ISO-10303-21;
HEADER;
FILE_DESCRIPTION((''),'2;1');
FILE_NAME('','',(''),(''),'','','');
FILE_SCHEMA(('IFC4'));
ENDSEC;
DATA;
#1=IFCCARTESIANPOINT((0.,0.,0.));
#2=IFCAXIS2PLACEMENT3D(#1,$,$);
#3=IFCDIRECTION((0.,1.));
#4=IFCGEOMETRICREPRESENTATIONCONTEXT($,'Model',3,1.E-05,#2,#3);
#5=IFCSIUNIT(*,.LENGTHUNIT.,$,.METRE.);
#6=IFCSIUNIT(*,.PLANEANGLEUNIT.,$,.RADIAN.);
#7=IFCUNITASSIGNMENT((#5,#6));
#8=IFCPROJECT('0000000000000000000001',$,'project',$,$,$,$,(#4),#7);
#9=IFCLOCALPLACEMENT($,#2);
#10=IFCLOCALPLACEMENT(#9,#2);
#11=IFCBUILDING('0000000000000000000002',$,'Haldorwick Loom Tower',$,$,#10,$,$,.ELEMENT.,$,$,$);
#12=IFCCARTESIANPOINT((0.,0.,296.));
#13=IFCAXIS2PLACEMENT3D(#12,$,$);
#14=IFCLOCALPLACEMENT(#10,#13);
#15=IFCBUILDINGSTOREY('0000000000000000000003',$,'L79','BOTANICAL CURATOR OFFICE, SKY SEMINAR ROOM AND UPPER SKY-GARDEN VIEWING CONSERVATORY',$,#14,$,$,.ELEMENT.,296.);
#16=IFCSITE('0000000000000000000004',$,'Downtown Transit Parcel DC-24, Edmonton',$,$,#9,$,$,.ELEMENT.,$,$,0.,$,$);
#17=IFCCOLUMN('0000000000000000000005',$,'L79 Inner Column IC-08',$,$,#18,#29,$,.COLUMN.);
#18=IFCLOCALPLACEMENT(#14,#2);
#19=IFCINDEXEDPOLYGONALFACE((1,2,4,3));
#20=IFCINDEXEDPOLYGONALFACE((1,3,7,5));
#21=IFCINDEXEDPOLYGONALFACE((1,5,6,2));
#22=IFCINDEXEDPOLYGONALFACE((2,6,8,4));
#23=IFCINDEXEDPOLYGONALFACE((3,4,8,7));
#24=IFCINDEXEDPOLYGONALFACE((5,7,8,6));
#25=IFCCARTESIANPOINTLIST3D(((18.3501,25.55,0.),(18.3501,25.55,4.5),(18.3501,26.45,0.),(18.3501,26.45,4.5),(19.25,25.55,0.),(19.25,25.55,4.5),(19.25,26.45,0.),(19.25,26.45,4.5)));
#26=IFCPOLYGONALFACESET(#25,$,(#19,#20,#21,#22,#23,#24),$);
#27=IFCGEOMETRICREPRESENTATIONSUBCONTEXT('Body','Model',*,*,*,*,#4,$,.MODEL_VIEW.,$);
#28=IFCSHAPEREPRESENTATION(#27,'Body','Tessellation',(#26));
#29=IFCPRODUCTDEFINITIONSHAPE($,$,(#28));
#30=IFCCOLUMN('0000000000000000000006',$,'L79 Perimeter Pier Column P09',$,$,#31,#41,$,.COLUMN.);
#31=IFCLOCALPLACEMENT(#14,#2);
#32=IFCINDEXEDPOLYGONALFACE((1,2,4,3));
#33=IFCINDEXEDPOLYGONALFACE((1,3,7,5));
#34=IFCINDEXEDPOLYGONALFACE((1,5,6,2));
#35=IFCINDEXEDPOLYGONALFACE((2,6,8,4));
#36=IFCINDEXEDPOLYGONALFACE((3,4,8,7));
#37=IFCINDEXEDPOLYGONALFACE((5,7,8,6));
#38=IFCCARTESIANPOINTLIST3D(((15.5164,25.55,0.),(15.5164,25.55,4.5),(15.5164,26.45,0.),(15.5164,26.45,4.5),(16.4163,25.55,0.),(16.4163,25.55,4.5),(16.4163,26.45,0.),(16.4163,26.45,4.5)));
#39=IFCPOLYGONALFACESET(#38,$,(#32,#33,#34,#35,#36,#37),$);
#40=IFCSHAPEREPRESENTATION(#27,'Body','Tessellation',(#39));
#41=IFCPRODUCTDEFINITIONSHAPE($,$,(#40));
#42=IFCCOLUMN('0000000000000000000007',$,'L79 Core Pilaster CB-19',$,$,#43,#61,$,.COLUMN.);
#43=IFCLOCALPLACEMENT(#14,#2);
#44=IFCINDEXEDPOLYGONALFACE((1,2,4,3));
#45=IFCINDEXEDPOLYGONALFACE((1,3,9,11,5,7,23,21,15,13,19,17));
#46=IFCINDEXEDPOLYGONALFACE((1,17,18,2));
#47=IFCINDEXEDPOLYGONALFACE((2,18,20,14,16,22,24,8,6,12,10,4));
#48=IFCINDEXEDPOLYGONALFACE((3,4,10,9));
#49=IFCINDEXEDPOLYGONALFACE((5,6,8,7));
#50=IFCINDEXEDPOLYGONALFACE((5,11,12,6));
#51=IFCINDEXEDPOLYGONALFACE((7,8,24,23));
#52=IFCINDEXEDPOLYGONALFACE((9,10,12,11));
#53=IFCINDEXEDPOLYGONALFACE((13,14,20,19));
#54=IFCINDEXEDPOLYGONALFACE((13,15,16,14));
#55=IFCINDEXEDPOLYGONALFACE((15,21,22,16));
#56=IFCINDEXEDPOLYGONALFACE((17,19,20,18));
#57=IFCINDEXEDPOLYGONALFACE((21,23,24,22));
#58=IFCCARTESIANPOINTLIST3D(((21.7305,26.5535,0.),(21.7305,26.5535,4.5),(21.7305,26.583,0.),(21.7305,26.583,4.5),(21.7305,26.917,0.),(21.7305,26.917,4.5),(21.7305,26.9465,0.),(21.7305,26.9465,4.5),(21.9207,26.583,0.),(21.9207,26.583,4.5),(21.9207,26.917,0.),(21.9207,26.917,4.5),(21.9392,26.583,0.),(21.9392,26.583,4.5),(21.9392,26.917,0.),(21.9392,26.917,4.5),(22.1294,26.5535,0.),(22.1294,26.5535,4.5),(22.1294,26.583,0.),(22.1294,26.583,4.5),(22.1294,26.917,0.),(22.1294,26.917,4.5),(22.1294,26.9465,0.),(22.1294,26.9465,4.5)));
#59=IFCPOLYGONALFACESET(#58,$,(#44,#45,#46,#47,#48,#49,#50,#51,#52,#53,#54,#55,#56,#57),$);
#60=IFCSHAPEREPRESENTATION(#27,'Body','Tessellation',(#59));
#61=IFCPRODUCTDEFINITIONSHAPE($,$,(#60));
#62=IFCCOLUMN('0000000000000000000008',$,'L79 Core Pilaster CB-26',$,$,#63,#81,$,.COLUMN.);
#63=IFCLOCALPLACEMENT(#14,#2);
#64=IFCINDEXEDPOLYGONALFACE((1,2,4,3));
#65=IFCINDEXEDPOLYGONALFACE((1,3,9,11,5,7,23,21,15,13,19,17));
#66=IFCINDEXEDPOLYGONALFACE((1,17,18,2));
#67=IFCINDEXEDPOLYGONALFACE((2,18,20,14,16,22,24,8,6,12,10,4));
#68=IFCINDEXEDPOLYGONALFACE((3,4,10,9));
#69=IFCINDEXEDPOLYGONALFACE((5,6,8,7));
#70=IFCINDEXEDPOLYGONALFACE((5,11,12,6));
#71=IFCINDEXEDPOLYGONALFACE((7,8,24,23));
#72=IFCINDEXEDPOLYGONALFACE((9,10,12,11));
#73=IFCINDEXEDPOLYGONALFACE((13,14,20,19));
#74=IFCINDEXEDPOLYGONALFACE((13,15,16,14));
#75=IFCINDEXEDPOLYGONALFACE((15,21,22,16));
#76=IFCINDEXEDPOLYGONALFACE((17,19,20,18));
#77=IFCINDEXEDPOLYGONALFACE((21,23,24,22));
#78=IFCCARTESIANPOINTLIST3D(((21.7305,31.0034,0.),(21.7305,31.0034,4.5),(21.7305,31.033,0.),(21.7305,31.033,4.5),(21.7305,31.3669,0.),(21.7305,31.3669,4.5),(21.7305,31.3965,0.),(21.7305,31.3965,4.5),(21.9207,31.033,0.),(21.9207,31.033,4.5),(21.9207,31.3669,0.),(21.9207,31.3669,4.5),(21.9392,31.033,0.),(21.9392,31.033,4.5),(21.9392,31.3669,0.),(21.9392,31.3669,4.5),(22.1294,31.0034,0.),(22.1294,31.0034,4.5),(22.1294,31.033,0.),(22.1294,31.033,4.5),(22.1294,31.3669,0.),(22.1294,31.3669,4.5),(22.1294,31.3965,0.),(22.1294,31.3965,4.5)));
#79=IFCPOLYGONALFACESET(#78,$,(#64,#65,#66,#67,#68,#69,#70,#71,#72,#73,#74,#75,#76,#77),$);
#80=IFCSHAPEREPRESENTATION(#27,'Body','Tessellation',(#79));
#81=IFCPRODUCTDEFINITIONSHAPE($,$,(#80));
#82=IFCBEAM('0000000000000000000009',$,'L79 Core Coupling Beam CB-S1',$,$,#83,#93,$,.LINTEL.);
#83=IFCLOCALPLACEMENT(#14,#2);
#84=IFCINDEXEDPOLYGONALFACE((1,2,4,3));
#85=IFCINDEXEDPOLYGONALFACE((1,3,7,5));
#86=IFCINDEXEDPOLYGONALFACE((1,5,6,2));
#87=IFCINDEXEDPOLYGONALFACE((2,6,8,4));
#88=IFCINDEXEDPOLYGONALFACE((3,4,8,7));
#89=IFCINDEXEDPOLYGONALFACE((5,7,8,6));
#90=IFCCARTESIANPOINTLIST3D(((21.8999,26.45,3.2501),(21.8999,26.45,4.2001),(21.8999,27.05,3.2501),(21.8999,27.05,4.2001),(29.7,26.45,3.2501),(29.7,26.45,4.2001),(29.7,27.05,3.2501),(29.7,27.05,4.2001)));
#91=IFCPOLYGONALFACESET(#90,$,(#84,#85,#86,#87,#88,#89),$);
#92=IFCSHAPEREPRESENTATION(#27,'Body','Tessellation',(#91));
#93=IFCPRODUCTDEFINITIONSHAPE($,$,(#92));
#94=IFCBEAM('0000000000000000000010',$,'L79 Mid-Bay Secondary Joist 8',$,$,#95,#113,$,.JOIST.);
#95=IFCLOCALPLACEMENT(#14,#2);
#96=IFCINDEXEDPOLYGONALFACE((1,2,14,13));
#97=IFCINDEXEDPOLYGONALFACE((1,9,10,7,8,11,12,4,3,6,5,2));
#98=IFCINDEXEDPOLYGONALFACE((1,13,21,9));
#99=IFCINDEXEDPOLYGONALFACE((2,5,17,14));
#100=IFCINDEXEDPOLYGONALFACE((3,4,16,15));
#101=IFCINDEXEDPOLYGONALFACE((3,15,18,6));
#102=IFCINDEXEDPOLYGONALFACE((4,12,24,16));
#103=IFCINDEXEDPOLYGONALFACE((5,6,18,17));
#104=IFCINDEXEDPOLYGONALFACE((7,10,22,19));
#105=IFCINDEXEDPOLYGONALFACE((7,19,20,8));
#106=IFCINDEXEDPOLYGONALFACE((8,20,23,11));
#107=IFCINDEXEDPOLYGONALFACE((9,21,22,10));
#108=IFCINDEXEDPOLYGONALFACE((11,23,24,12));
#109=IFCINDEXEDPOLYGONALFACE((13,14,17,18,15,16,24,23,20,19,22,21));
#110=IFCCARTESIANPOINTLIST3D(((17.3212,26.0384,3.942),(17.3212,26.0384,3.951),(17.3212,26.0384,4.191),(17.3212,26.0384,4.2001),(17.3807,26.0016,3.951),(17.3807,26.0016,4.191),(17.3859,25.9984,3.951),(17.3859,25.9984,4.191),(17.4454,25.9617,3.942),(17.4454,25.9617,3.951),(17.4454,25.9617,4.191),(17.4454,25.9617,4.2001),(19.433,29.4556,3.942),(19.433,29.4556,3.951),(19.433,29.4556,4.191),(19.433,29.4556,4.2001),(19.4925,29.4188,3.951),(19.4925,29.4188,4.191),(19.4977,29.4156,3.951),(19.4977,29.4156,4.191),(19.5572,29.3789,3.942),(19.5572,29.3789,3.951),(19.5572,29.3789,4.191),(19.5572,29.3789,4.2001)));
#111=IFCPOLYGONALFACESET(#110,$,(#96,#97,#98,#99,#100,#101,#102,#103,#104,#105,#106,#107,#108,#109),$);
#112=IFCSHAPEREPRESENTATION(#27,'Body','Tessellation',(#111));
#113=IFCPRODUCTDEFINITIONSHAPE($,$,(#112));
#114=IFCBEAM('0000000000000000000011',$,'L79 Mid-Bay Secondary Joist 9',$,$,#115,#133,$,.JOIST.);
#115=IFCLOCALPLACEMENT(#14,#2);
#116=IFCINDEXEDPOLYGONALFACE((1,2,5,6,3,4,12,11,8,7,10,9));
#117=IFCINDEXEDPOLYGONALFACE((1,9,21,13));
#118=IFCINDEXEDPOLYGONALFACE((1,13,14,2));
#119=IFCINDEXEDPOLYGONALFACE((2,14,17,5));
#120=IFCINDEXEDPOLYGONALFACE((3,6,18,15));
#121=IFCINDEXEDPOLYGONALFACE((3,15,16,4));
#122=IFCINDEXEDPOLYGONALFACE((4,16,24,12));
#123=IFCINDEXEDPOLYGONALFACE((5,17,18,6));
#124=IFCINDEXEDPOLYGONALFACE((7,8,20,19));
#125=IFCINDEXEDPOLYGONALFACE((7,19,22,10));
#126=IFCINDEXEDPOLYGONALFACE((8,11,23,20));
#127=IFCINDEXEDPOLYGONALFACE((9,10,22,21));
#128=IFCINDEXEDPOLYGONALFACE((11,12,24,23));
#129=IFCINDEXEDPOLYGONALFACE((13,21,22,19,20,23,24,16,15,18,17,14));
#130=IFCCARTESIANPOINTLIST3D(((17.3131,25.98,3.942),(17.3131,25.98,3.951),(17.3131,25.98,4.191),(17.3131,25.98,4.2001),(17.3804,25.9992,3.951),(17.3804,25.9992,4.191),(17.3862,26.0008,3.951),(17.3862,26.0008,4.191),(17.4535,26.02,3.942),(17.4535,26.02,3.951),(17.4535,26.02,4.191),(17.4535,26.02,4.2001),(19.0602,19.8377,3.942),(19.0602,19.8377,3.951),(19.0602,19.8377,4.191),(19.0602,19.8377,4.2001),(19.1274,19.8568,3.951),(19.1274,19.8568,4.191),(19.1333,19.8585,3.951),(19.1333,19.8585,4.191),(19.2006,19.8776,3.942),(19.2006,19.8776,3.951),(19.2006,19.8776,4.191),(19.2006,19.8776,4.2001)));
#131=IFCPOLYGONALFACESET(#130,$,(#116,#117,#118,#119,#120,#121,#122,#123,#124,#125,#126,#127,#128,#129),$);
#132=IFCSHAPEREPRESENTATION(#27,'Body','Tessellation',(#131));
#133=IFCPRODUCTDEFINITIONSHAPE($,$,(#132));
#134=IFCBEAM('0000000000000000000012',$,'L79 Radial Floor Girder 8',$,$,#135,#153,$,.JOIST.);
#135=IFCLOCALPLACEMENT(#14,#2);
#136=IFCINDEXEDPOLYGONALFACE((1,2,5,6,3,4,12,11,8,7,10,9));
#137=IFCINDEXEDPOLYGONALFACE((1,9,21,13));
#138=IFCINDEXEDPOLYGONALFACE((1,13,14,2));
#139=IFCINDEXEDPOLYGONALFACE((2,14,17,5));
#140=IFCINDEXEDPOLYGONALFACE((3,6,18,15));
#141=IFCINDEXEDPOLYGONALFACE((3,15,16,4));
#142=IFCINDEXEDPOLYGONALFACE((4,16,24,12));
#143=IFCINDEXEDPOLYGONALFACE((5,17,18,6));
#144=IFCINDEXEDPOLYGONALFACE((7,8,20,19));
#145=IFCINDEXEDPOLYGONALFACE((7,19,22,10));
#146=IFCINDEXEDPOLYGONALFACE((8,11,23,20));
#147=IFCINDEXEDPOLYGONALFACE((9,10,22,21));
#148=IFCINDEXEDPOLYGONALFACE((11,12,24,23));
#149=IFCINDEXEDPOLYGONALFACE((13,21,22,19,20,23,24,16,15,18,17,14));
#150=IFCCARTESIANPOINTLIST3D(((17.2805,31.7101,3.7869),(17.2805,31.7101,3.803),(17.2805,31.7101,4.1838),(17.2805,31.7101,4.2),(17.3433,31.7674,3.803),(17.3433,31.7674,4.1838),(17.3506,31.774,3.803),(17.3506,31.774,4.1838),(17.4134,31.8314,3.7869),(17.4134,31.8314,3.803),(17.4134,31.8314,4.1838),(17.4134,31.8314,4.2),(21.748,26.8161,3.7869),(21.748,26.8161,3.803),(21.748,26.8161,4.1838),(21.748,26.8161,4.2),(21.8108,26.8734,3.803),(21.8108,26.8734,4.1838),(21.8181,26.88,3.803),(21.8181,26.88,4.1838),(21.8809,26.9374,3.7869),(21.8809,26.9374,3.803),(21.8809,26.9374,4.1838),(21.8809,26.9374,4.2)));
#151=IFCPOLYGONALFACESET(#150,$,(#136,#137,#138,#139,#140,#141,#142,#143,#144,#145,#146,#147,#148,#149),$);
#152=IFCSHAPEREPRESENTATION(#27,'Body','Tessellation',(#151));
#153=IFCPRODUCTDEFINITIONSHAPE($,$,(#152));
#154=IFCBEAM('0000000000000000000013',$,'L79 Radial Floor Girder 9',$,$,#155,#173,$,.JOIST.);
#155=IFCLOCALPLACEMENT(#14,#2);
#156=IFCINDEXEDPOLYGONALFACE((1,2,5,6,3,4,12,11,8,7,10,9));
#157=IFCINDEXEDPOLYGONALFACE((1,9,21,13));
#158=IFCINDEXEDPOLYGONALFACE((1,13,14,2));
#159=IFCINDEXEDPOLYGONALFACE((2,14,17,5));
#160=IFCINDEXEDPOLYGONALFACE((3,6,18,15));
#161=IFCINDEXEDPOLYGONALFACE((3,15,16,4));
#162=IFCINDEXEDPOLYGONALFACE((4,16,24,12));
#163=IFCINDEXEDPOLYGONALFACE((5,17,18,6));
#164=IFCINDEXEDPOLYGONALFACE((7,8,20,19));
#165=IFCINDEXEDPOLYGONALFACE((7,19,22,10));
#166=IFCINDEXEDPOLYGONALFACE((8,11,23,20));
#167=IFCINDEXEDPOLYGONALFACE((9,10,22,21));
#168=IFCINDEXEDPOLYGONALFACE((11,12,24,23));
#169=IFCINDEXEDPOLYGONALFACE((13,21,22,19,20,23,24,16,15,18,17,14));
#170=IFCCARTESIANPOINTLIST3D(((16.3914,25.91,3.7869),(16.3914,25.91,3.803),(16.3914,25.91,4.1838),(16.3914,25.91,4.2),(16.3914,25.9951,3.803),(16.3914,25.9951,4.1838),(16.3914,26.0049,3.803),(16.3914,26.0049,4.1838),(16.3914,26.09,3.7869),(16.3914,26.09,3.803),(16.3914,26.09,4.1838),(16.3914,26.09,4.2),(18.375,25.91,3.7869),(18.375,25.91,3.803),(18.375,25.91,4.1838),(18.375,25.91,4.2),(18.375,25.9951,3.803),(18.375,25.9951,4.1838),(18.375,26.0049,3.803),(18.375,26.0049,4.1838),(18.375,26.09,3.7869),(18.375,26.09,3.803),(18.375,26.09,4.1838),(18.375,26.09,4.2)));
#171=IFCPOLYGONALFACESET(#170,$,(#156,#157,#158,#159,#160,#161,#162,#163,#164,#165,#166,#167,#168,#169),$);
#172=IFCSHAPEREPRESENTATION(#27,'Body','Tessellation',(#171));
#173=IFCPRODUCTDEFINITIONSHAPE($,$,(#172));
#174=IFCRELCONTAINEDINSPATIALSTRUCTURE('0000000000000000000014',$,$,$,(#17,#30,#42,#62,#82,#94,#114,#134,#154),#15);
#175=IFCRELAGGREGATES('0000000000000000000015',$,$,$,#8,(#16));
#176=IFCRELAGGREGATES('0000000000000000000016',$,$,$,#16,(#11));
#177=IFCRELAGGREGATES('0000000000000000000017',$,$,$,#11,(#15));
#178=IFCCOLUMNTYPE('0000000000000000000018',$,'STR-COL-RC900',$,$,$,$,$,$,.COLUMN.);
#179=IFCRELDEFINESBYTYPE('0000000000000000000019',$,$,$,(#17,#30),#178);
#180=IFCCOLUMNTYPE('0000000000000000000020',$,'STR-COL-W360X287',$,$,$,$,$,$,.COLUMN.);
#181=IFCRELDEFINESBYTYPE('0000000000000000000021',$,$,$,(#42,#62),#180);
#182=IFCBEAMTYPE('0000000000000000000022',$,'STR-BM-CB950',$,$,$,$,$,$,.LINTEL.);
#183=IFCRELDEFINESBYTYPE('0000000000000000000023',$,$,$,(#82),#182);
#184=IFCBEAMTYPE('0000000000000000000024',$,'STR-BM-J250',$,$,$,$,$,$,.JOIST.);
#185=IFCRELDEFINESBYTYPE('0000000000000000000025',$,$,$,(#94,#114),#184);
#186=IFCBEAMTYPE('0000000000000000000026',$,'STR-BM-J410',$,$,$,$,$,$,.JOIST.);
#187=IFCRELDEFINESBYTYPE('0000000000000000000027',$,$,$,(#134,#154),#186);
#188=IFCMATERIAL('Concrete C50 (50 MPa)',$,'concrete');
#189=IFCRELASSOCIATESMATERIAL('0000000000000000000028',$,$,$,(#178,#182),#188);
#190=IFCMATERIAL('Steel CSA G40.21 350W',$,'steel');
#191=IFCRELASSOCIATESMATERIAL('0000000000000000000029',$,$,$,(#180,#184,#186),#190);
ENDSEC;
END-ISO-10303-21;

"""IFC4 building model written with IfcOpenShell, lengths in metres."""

from ifc_helpers import new_model, si_unit, direction, frame, origin, origin_2d, place, context, subcontext, project, spatial, rectangle, i_section, extrude, material, material_profile, profile_set, type_object, element, save


model = new_model("IFC4")

# Units and contexts
model_context = context("Model", 3, precision=1e-05, world=origin(), true_north=direction((0.0, 1.0)))
body_context = subcontext(model_context, "Body", "Model", "MODEL_VIEW")
ifc_project = project(units=[si_unit("LENGTHUNIT", "METRE"), si_unit("PLANEANGLEUNIT", "RADIAN")], contexts=[model_context])

# Site, building, storey
site_placement = place(None, origin())
site = spatial("IfcSite", under=ifc_project, at=site_placement, Name="Downtown Transit Parcel DC-24, Edmonton", CompositionType="ELEMENT", RefElevation=0.0)
building_placement = place(site_placement, origin())
building = spatial("IfcBuilding", under=site, at=building_placement, Name="Haldorwick Loom Tower", CompositionType="ELEMENT")
storey_placement = place(building_placement, frame((0.0, 0.0, 296.0)))
storey = spatial("IfcBuildingStorey", under=building, at=storey_placement, Name="L79", Description="BOTANICAL CURATOR OFFICE, SKY SEMINAR ROOM AND UPPER SKY-GARDEN VIEWING CONSERVATORY", CompositionType="ELEMENT", Elevation=296.0)

# Columns
ifc_material_1 = material(Name="Concrete C50 (50 MPa)", Category="concrete")
ifc_material_profile_1 = material_profile(ifc_material_1, rectangle(XDim=0.8999, YDim=0.8999, at=origin_2d()), Name="RC900X900", Category="concrete")
ifc_profile_set_1 = profile_set([ifc_material_profile_1], Name="Concrete C50 (50 MPa)")
column_type_1 = type_object("IfcColumnType", Name="STR-COL-RC900", PredefinedType="COLUMN", material=ifc_profile_set_1)
for number, where, z_axis, x_axis, name in (
    (1, (18.8, 26.0, 0.0), (0.0, 0.0, 1.0), (1.0, 0.0, 0.0), "L79 Inner Column IC-08"),
    (2, (15.9663, 26.0, 0.0), (0.0, 0.0, 1.0), (-1.0, 0.0, 0.0), "L79 Perimeter Pier Column P09"),
):
    element("IfcColumn", number, at=place(storey_placement, frame(where, z_axis=z_axis, x_axis=x_axis)), inside=storey, type_object=column_type_1, Name=name, PredefinedType="COLUMN", context=body_context, shape_type="SweptSolid", body=[
        extrude(rectangle(XDim=0.8999, YDim=0.8999, at=origin_2d()), origin(), (0.0, 0.0, 1.0), 4.5),
    ])
ifc_material_2 = material(Name="Steel CSA G40.21 350W", Category="steel")
ifc_material_profile_2 = material_profile(ifc_material_2, i_section(OverallWidth=0.3989, OverallDepth=0.3931, WebThickness=0.0186, FlangeThickness=0.0295, at=origin_2d()), Name="W360X287", Category="steel")
ifc_profile_set_2 = profile_set([ifc_material_profile_2], Name="Steel CSA G40.21 350W")
column_type_2 = type_object("IfcColumnType", Name="STR-COL-W360X287", PredefinedType="COLUMN", material=ifc_profile_set_2)
for number, where, z_axis, x_axis, name in (
    (3, (21.9299, 26.75, 0.0), (0.0, 0.0, 1.0), (1.0, 0.0, 0.0), "L79 Core Pilaster CB-19"),
    (4, (21.9299, 31.2, 0.0), (0.0, 0.0, 1.0), (1.0, 0.0, 0.0), "L79 Core Pilaster CB-26"),
):
    element("IfcColumn", number, at=place(storey_placement, frame(where, z_axis=z_axis, x_axis=x_axis)), inside=storey, type_object=column_type_2, Name=name, PredefinedType="COLUMN", context=body_context, shape_type="SweptSolid", body=[
        extrude(i_section(OverallWidth=0.3989, OverallDepth=0.3931, WebThickness=0.0186, FlangeThickness=0.0295, at=origin_2d()), origin(), (0.0, 0.0, 1.0), 4.5),
    ])

# Beams
ifc_material_profile_3 = material_profile(ifc_material_1, rectangle(XDim=0.6001, YDim=0.95, at=origin_2d()), Name="RC600X950", Category="concrete")
ifc_profile_set_3 = profile_set([ifc_material_profile_3], Name="Concrete C50 (50 MPa)")
beam_type_1 = type_object("IfcBeamType", Name="STR-BM-CB950", PredefinedType="LINTEL", material=ifc_profile_set_3)
beam_1_placement = place(storey_placement, frame((21.8999, 26.75, 3.7251), z_axis=(1.0, 0.0, 0.0), x_axis=(0.0, 1.0, 0.0)))
element("IfcBeam", 5, at=beam_1_placement, inside=storey, type_object=beam_type_1, Name="L79 Core Coupling Beam CB-S1", PredefinedType="LINTEL", context=body_context, shape_type="SweptSolid", body=[
    extrude(rectangle(XDim=0.6001, YDim=0.95, at=origin_2d()), origin(), (0.0, 0.0, 1.0), 7.8),
])
ifc_material_profile_4 = material_profile(ifc_material_2, i_section(OverallWidth=0.146, OverallDepth=0.2581, WebThickness=0.0061, FlangeThickness=0.009, at=origin_2d()), Name="W250X33", Category="steel")
ifc_profile_set_4 = profile_set([ifc_material_profile_4], Name="Steel CSA G40.21 350W")
beam_type_2 = type_object("IfcBeamType", Name="STR-BM-J250", PredefinedType="JOIST", material=ifc_profile_set_4)
beam_2_placement = place(storey_placement, frame((19.4951, 29.4172, 4.071), z_axis=(-0.525704, -0.850668, 0.0), x_axis=(0.850668, -0.525704, 0.0)))
element("IfcBeam", 6, at=beam_2_placement, inside=storey, type_object=beam_type_2, Name="L79 Mid-Bay Secondary Joist 8", PredefinedType="JOIST", context=body_context, shape_type="SweptSolid", body=[
    extrude(i_section(OverallWidth=0.146, OverallDepth=0.2581, WebThickness=0.0061, FlangeThickness=0.009, at=origin_2d()), origin(), (0.0, 0.0, 1.0), 4.0171),
])
beam_3_placement = place(storey_placement, frame((17.3833, 26.0, 4.071), z_axis=(0.27358, -0.961849, 0.0), x_axis=(0.961849, 0.27358, 0.0)))
element("IfcBeam", 7, at=beam_3_placement, inside=storey, type_object=beam_type_2, Name="L79 Mid-Bay Secondary Joist 9", PredefinedType="JOIST", context=body_context, shape_type="SweptSolid", body=[
    extrude(i_section(OverallWidth=0.146, OverallDepth=0.2581, WebThickness=0.0061, FlangeThickness=0.009, at=origin_2d()), origin(), (0.0, 0.0, 1.0), 6.386),
])
ifc_material_profile_5 = material_profile(ifc_material_2, i_section(OverallWidth=0.1799, OverallDepth=0.4131, WebThickness=0.0098, FlangeThickness=0.0161, at=origin_2d()), Name="W410X74", Category="steel")
ifc_profile_set_5 = profile_set([ifc_material_profile_5], Name="Steel CSA G40.21 350W")
beam_type_3 = type_object("IfcBeamType", Name="STR-BM-J410", PredefinedType="JOIST", material=ifc_profile_set_5)
beam_4_placement = place(storey_placement, frame((21.8145, 26.8767, 3.9934), z_axis=(-0.674192, 0.738556, 0.0), x_axis=(-0.738556, -0.674192, 0.0)))
element("IfcBeam", 8, at=beam_4_placement, inside=storey, type_object=beam_type_3, Name="L79 Radial Floor Girder 8", PredefinedType="JOIST", context=body_context, shape_type="SweptSolid", body=[
    extrude(i_section(OverallWidth=0.1799, OverallDepth=0.4131, WebThickness=0.0098, FlangeThickness=0.0161, at=origin_2d()), origin(), (0.0, 0.0, 1.0), 6.6265),
])
beam_5_placement = place(storey_placement, frame((18.375, 26.0, 3.9934), z_axis=(-1.0, 0.0, 0.0), x_axis=(0.0, -1.0, 0.0)))
element("IfcBeam", 9, at=beam_5_placement, inside=storey, type_object=beam_type_3, Name="L79 Radial Floor Girder 9", PredefinedType="JOIST", context=body_context, shape_type="SweptSolid", body=[
    extrude(i_section(OverallWidth=0.1799, OverallDepth=0.4131, WebThickness=0.0098, FlangeThickness=0.0161, at=origin_2d()), origin(), (0.0, 0.0, 1.0), 1.9836),
])

save(model, "model.ifc")
